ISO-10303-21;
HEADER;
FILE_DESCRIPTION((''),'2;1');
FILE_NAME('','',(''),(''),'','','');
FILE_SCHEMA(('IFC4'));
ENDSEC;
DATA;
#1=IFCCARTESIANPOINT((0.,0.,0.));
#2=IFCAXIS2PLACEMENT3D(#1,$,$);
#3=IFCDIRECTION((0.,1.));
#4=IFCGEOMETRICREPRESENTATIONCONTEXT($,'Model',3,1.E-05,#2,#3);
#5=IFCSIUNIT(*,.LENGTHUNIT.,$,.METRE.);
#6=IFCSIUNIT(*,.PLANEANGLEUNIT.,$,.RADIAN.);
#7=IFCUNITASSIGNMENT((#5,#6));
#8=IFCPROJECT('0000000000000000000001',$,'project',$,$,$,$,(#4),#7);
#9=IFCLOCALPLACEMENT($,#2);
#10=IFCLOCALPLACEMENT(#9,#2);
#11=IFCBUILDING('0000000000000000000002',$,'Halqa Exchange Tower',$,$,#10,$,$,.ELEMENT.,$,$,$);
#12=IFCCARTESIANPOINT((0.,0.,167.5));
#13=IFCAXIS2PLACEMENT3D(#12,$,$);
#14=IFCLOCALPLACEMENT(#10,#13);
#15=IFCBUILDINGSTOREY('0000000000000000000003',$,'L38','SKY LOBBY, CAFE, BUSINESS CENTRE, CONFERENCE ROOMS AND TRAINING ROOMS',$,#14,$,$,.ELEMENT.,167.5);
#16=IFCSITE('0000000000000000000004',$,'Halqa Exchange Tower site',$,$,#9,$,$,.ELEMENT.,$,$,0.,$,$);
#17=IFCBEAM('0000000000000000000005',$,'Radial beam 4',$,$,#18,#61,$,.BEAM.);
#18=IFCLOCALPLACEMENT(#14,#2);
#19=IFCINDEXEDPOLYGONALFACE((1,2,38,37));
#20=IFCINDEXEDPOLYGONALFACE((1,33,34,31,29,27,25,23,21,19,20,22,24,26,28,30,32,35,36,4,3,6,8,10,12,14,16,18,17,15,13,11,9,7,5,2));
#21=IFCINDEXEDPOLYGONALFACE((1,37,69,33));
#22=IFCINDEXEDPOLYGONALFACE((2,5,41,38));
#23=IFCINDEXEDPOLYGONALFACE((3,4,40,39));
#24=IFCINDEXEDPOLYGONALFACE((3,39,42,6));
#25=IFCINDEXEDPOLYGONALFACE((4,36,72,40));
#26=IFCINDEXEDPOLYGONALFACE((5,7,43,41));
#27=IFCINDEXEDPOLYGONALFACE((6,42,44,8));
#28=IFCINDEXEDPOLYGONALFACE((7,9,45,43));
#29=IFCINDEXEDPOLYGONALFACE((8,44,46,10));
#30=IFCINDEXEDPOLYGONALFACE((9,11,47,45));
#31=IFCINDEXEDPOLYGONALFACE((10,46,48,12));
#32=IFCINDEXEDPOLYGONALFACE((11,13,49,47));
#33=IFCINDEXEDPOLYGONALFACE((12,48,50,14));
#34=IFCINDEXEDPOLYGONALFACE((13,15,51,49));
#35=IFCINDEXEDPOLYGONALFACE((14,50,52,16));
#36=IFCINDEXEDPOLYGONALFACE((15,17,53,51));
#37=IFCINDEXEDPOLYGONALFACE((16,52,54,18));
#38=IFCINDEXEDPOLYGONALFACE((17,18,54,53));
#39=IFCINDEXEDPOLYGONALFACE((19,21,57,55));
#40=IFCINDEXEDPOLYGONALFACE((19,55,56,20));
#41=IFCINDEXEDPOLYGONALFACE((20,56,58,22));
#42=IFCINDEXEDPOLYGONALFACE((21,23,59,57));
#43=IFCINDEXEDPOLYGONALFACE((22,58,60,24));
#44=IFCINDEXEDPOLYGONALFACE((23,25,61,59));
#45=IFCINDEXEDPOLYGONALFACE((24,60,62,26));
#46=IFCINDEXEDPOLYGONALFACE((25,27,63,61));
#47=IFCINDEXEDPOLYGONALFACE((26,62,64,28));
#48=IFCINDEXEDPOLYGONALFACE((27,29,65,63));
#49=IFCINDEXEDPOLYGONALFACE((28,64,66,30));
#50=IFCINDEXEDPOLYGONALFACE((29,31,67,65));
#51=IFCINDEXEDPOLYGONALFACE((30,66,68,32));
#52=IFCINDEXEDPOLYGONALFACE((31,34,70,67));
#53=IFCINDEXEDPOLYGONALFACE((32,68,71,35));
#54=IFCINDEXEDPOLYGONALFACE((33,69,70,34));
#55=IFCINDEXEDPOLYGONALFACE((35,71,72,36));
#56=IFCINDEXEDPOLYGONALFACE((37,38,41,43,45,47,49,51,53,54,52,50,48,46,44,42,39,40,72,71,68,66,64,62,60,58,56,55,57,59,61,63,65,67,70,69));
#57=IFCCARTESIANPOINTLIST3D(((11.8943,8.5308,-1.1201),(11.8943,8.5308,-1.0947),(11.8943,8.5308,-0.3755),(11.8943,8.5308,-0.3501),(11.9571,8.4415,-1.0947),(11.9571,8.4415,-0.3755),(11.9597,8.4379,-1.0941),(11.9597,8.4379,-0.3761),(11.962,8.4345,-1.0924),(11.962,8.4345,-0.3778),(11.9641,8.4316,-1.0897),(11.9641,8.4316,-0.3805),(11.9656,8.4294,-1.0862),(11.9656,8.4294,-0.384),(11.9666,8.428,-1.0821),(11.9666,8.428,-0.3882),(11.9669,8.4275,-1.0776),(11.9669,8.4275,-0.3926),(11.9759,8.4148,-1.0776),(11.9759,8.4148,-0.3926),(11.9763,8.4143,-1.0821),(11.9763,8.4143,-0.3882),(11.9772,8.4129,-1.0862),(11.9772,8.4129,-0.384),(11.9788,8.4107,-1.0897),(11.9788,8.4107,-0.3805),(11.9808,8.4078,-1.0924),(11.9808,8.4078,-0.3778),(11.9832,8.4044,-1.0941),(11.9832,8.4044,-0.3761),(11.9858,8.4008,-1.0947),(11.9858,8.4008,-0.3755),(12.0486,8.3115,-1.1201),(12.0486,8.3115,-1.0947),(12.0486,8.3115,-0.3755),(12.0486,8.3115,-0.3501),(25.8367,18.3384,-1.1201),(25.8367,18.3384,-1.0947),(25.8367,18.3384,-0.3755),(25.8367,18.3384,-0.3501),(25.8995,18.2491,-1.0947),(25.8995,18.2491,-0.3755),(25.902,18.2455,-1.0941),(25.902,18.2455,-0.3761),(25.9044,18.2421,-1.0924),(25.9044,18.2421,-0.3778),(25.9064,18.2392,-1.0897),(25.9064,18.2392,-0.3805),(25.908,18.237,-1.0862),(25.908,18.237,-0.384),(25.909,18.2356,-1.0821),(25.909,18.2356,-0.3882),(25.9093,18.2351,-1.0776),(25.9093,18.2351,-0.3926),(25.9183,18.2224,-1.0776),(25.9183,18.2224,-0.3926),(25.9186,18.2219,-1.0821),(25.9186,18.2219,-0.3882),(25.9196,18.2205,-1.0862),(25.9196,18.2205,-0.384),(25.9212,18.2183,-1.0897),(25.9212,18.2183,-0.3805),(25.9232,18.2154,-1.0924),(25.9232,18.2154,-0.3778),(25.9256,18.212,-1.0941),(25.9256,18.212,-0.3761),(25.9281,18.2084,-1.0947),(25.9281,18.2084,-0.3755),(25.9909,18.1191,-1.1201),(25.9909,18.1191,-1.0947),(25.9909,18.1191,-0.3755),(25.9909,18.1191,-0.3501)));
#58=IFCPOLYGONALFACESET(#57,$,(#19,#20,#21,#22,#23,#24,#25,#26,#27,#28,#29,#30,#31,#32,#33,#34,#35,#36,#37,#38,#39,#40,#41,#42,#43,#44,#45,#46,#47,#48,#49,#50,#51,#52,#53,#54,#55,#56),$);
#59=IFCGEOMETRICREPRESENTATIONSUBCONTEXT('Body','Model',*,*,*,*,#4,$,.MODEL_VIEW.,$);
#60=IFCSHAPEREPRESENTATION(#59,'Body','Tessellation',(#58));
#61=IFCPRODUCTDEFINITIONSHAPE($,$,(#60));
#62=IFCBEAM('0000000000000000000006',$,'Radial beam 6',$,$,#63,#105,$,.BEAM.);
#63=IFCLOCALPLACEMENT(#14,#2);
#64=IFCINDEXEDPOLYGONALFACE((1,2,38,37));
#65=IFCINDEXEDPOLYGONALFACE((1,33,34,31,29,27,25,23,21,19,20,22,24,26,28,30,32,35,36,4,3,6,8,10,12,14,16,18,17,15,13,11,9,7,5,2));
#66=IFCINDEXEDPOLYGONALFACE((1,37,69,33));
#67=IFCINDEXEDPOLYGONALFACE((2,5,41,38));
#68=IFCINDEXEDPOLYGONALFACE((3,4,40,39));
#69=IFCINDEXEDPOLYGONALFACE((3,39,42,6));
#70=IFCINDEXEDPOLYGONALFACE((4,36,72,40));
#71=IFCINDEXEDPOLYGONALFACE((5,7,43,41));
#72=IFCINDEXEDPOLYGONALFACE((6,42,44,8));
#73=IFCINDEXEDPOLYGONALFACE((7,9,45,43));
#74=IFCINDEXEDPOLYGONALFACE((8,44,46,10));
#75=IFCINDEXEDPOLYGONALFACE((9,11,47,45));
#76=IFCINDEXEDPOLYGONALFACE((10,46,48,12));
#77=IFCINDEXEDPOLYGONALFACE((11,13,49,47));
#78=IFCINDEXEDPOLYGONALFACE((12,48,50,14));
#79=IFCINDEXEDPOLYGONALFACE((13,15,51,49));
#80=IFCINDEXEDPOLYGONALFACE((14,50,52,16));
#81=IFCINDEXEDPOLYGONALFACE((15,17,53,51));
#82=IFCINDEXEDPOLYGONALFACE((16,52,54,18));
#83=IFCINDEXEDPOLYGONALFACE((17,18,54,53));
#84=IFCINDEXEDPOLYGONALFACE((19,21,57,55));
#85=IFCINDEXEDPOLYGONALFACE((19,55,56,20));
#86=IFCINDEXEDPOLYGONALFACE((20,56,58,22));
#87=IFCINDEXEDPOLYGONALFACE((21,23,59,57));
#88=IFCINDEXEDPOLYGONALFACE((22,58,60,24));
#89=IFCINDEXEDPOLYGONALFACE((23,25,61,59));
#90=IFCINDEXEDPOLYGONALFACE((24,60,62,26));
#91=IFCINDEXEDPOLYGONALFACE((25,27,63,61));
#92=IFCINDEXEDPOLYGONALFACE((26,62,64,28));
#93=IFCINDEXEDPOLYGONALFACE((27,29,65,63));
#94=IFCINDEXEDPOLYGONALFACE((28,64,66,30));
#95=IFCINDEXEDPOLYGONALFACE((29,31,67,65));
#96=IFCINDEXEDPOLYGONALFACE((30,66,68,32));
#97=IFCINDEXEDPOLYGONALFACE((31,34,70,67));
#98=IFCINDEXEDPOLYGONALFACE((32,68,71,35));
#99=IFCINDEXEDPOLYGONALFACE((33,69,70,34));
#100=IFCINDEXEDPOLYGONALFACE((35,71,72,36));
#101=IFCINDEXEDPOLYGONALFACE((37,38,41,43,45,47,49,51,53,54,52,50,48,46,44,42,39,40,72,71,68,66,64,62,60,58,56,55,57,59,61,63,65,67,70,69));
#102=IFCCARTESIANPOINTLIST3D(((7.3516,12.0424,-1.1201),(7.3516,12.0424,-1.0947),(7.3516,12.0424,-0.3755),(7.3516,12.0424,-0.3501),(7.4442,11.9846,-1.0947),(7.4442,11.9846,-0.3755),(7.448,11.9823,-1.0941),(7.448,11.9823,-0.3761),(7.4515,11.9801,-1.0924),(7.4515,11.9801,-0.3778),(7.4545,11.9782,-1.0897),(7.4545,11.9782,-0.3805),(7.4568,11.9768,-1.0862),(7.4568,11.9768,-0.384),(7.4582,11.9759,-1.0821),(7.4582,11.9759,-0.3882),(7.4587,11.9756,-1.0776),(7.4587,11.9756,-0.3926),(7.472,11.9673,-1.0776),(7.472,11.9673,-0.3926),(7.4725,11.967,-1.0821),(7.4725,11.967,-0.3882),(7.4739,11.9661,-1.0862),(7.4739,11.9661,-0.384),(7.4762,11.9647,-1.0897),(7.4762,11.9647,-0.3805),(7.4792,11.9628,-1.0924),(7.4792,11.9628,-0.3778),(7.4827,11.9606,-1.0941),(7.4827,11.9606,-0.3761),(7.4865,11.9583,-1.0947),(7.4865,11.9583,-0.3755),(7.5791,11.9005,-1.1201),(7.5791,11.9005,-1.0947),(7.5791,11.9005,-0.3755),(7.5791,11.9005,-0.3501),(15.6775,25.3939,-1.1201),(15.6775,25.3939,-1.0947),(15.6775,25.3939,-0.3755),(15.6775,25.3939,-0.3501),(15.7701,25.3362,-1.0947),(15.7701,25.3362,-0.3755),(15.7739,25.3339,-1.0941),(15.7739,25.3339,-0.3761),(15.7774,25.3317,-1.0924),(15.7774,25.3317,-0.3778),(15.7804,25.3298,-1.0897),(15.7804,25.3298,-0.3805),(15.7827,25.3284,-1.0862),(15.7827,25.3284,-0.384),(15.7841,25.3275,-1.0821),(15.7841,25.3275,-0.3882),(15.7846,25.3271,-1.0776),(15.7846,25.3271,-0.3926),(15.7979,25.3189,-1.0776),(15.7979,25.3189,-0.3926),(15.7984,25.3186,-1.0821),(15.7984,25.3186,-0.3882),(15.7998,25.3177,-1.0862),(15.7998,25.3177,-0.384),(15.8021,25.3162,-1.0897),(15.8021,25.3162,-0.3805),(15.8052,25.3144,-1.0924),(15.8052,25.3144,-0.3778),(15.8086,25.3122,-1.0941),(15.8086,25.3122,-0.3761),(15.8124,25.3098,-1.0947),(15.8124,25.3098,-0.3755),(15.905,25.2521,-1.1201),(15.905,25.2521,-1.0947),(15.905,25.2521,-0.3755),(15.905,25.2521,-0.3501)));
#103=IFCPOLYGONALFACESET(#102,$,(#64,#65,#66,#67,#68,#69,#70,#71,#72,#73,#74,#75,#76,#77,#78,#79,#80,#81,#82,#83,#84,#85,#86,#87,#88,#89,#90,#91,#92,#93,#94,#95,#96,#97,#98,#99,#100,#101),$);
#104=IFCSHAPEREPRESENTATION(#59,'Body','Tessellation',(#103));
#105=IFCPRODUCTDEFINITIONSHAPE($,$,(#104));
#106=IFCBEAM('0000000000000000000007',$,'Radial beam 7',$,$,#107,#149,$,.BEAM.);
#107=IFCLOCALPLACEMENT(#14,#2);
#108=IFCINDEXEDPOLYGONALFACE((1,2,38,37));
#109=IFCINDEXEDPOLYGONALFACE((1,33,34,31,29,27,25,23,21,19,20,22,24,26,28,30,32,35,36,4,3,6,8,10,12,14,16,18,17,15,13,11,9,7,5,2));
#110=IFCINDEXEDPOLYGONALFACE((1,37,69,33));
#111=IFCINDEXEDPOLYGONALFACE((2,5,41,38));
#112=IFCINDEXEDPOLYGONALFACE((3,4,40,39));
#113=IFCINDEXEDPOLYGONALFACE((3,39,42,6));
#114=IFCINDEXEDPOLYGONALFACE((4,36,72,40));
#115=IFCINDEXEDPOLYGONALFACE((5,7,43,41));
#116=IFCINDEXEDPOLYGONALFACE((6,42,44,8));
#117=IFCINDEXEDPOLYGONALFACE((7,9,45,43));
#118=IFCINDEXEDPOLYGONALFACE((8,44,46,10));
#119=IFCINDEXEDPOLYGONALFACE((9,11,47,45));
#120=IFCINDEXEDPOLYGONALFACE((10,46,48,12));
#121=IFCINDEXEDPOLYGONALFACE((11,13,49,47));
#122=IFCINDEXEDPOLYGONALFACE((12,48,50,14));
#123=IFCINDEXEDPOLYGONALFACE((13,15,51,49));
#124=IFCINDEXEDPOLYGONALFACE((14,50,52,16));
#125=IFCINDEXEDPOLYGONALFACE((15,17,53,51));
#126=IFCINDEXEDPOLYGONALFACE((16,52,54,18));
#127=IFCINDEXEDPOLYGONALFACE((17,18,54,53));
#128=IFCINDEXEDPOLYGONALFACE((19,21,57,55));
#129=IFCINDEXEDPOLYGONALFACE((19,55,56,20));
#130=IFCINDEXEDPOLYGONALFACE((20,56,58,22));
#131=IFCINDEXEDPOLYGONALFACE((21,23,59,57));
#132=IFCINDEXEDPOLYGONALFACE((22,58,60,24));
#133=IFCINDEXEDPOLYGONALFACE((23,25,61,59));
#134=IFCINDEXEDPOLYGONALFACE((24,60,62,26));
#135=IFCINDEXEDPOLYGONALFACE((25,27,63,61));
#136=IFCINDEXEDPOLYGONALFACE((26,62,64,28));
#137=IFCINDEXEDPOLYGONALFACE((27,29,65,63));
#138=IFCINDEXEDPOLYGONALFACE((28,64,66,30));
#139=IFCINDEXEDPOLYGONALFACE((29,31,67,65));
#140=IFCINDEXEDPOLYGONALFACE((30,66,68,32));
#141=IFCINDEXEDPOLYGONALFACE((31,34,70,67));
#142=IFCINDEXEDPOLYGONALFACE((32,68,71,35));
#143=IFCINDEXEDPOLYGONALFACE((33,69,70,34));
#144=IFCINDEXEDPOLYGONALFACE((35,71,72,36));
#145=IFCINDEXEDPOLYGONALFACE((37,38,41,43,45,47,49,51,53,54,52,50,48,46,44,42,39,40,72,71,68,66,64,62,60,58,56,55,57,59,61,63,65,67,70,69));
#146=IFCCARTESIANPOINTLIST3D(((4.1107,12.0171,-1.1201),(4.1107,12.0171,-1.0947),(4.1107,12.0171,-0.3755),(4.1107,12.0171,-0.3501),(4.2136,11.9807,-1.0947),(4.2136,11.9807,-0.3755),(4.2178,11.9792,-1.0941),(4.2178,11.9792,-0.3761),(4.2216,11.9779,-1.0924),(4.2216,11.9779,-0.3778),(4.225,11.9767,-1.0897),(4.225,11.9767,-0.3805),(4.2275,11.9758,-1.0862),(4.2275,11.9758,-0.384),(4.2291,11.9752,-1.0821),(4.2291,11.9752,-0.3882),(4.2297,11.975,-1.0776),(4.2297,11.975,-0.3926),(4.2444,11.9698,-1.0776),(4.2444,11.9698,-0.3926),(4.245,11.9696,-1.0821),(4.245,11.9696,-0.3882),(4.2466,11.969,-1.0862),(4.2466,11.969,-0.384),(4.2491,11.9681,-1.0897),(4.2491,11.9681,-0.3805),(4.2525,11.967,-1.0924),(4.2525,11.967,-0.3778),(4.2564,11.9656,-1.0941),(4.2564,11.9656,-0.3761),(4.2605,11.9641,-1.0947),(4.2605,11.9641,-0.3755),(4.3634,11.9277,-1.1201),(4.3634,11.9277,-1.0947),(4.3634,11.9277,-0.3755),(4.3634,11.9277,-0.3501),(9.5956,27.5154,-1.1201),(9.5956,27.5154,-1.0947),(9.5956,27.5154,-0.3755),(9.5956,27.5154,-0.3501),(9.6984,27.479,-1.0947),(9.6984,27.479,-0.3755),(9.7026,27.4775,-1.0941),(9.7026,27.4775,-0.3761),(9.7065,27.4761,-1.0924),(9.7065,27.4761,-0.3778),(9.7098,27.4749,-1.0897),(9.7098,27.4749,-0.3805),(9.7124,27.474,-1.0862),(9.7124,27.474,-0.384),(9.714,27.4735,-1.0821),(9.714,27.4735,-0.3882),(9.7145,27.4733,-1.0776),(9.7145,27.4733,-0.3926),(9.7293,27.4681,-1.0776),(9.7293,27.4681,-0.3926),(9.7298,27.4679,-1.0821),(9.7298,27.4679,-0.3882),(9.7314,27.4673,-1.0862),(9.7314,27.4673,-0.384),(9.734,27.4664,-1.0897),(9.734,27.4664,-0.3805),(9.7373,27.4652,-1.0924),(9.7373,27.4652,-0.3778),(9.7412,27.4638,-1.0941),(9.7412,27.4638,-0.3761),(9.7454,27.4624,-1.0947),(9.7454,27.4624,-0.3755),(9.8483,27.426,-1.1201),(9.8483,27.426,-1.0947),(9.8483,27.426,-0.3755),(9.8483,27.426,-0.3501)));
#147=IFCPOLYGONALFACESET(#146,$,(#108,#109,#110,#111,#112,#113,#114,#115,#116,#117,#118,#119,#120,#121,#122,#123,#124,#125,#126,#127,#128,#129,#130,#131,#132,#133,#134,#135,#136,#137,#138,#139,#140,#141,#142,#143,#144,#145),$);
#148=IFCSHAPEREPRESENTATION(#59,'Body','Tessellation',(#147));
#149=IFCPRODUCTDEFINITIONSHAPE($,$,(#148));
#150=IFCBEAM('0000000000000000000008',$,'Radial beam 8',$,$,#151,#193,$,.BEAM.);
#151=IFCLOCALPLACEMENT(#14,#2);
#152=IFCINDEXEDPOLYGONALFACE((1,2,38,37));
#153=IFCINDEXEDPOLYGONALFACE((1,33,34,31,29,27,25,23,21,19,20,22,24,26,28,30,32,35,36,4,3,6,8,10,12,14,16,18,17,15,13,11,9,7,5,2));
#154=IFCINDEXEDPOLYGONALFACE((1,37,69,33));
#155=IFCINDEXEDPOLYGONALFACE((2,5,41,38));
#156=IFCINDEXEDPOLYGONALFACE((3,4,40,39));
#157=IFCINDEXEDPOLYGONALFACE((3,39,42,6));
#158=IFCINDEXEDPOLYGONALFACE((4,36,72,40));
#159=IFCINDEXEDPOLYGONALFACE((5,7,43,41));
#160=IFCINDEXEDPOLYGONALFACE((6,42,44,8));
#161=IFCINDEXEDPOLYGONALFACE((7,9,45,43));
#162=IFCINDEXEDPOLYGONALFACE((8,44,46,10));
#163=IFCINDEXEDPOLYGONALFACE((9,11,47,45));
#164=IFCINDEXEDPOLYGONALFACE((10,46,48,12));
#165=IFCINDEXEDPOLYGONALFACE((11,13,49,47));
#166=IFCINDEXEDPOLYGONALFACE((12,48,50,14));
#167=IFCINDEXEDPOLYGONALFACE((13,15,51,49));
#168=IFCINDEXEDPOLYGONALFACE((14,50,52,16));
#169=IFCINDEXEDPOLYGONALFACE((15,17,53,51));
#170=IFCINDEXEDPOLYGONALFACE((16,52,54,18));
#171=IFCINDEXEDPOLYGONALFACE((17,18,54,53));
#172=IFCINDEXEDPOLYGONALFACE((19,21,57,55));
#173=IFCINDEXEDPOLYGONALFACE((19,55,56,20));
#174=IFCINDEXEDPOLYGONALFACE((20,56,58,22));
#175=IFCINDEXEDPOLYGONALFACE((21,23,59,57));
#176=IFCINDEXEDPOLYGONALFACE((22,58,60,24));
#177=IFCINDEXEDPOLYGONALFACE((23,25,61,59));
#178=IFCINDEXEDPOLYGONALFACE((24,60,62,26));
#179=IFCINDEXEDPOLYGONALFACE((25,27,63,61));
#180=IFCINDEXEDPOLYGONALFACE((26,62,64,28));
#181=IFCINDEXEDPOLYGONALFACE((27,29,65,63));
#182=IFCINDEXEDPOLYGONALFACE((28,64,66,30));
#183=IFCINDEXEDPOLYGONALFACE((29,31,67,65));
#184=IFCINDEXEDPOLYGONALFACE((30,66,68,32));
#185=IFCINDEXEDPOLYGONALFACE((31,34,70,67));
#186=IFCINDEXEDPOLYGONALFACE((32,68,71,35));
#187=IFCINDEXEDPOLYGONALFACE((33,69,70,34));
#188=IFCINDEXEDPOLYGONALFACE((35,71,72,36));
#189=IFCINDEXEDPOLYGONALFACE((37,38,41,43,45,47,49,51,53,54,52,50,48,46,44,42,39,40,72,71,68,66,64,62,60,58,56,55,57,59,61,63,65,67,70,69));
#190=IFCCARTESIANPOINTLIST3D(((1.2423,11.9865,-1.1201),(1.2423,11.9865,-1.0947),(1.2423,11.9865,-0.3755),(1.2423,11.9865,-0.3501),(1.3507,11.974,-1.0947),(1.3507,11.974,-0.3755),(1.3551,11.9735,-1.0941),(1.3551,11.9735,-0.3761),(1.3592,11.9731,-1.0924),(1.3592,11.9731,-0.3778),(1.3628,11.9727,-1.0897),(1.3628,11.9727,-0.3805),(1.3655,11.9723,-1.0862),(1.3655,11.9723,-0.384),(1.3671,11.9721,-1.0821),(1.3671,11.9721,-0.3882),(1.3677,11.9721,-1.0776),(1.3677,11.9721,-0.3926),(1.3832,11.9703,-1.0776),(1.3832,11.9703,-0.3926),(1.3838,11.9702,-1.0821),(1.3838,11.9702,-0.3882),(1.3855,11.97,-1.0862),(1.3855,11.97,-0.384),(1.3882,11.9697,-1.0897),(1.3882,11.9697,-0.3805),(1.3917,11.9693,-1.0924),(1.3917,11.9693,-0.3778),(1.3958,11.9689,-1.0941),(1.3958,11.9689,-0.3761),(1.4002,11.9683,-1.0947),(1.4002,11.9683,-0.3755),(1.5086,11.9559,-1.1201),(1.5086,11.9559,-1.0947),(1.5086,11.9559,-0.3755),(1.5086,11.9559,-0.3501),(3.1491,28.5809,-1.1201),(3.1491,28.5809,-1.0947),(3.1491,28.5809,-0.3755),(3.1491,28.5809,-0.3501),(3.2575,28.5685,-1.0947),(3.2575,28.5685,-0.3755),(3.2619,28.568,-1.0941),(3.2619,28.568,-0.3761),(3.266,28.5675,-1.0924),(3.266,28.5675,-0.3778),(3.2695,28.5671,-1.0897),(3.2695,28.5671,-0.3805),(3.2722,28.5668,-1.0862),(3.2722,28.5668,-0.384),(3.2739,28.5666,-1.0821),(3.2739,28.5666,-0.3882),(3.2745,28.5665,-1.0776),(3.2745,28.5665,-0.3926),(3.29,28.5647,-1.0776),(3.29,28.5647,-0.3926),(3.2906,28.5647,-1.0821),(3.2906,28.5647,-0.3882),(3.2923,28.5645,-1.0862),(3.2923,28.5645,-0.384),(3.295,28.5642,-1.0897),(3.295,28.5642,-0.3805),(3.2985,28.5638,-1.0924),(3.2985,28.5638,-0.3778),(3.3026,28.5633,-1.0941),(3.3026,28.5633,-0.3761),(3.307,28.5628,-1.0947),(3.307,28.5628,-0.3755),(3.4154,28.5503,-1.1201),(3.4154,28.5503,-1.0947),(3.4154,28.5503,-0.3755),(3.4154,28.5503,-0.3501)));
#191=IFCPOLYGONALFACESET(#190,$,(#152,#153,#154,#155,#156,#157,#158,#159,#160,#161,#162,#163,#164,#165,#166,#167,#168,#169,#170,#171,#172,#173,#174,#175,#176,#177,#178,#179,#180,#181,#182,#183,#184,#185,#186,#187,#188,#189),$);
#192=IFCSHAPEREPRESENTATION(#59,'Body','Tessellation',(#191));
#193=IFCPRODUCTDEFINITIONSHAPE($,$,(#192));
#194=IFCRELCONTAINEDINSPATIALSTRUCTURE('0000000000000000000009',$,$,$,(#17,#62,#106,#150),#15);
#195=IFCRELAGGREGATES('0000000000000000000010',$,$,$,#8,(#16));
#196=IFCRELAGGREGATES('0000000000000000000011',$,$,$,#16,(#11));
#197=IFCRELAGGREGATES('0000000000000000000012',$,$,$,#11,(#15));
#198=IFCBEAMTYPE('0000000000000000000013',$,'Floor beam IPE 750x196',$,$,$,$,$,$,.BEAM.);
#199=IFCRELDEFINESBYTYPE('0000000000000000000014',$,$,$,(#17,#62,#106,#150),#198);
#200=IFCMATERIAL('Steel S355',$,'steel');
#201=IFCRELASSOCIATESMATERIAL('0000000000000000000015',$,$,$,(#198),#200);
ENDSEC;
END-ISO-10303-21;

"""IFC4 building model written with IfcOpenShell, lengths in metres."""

from ifc_helpers import new_model, si_unit, direction, frame, origin, origin_2d, place, context, subcontext, project, spatial, i_section, extrude, material, material_profile, profile_set, type_object, element, save


model = new_model("IFC4")

# Units and contexts
model_context = context("Model", 3, precision=1e-05, world=origin(), true_north=direction((0.0, 1.0)))
body_context = subcontext(model_context, "Body", "Model", "MODEL_VIEW")
ifc_project = project(units=[si_unit("LENGTHUNIT", "METRE"), si_unit("PLANEANGLEUNIT", "RADIAN")], contexts=[model_context])

# Site, building, storey
site_placement = place(None, origin())
site = spatial("IfcSite", under=ifc_project, at=site_placement, Name="Halqa Exchange Tower site", CompositionType="ELEMENT", RefElevation=0.0)
building_placement = place(site_placement, origin())
building = spatial("IfcBuilding", under=site, at=building_placement, Name="Halqa Exchange Tower", CompositionType="ELEMENT")
storey_placement = place(building_placement, frame((0.0, 0.0, 167.5)))
storey = spatial("IfcBuildingStorey", under=building, at=storey_placement, Name="L38", Description="SKY LOBBY, CAFE, BUSINESS CENTRE, CONFERENCE ROOMS AND TRAINING ROOMS", CompositionType="ELEMENT", Elevation=167.5)

# Beams
ifc_material_1 = material(Name="Steel S355", Category="steel")
ifc_material_profile_1 = material_profile(ifc_material_1, i_section(OverallWidth=0.2681, OverallDepth=0.77, WebThickness=0.0156, FlangeThickness=0.0254, FilletRadius=0.0171, at=origin_2d()), Name="IPE 750x196")
ifc_profile_set_1 = profile_set([ifc_material_profile_1], Name="Steel S355")
beam_type_1 = type_object("IfcBeamType", Name="Floor beam IPE 750x196", PredefinedType="BEAM", material=ifc_profile_set_1)
beam_1_placement = place(storey_placement, frame((11.9714, 8.4211, -0.7351), z_axis=(0.817908, 0.575349, 0.0), x_axis=(-0.575349, 0.817908, 0.0)))
element("IfcBeam", 1, at=beam_1_placement, inside=storey, type_object=beam_type_1, Name="Radial beam 4", PredefinedType="BEAM", context=body_context, shape_type="SweptSolid", body=[
    extrude(i_section(OverallWidth=0.2681, OverallDepth=0.77, WebThickness=0.0156, FlangeThickness=0.0254, FilletRadius=0.0171, at=origin_2d()), origin(), (0.0, 0.0, 1.0), 17.0464),
])
beam_2_placement = place(storey_placement, frame((7.4653, 11.9714, -0.7351), z_axis=(0.52914, 0.848535, 0.0), x_axis=(-0.848535, 0.52914, 0.0)))
element("IfcBeam", 2, at=beam_2_placement, inside=storey, type_object=beam_type_1, Name="Radial beam 6", PredefinedType="BEAM", context=body_context, shape_type="SweptSolid", body=[
    extrude(i_section(OverallWidth=0.2681, OverallDepth=0.77, WebThickness=0.0156, FlangeThickness=0.0254, FilletRadius=0.0171, at=origin_2d()), origin(), (0.0, 0.0, 1.0), 15.7349),
])
beam_3_placement = place(storey_placement, frame((4.2371, 11.9724, -0.7351), z_axis=(0.333625, 0.942706, 0.0), x_axis=(-0.942706, 0.333625, 0.0)))
element("IfcBeam", 3, at=beam_3_placement, inside=storey, type_object=beam_type_1, Name="Radial beam 7", PredefinedType="BEAM", context=body_context, shape_type="SweptSolid", body=[
    extrude(i_section(OverallWidth=0.2681, OverallDepth=0.77, WebThickness=0.0156, FlangeThickness=0.0254, FilletRadius=0.0171, at=origin_2d()), origin(), (0.0, 0.0, 1.0), 16.4402),
])
beam_4_placement = place(storey_placement, frame((1.3755, 11.9712, -0.7351), z_axis=(0.114151, 0.993463, 0.0), x_axis=(-0.993463, 0.114151, 0.0)))
element("IfcBeam", 4, at=beam_4_placement, inside=storey, type_object=beam_type_1, Name="Radial beam 8", PredefinedType="BEAM", context=body_context, shape_type="SweptSolid", body=[
    extrude(i_section(OverallWidth=0.2681, OverallDepth=0.77, WebThickness=0.0156, FlangeThickness=0.0254, FilletRadius=0.0171, at=origin_2d()), origin(), (0.0, 0.0, 1.0), 16.7036),
])

save(model, "model.ifc")
